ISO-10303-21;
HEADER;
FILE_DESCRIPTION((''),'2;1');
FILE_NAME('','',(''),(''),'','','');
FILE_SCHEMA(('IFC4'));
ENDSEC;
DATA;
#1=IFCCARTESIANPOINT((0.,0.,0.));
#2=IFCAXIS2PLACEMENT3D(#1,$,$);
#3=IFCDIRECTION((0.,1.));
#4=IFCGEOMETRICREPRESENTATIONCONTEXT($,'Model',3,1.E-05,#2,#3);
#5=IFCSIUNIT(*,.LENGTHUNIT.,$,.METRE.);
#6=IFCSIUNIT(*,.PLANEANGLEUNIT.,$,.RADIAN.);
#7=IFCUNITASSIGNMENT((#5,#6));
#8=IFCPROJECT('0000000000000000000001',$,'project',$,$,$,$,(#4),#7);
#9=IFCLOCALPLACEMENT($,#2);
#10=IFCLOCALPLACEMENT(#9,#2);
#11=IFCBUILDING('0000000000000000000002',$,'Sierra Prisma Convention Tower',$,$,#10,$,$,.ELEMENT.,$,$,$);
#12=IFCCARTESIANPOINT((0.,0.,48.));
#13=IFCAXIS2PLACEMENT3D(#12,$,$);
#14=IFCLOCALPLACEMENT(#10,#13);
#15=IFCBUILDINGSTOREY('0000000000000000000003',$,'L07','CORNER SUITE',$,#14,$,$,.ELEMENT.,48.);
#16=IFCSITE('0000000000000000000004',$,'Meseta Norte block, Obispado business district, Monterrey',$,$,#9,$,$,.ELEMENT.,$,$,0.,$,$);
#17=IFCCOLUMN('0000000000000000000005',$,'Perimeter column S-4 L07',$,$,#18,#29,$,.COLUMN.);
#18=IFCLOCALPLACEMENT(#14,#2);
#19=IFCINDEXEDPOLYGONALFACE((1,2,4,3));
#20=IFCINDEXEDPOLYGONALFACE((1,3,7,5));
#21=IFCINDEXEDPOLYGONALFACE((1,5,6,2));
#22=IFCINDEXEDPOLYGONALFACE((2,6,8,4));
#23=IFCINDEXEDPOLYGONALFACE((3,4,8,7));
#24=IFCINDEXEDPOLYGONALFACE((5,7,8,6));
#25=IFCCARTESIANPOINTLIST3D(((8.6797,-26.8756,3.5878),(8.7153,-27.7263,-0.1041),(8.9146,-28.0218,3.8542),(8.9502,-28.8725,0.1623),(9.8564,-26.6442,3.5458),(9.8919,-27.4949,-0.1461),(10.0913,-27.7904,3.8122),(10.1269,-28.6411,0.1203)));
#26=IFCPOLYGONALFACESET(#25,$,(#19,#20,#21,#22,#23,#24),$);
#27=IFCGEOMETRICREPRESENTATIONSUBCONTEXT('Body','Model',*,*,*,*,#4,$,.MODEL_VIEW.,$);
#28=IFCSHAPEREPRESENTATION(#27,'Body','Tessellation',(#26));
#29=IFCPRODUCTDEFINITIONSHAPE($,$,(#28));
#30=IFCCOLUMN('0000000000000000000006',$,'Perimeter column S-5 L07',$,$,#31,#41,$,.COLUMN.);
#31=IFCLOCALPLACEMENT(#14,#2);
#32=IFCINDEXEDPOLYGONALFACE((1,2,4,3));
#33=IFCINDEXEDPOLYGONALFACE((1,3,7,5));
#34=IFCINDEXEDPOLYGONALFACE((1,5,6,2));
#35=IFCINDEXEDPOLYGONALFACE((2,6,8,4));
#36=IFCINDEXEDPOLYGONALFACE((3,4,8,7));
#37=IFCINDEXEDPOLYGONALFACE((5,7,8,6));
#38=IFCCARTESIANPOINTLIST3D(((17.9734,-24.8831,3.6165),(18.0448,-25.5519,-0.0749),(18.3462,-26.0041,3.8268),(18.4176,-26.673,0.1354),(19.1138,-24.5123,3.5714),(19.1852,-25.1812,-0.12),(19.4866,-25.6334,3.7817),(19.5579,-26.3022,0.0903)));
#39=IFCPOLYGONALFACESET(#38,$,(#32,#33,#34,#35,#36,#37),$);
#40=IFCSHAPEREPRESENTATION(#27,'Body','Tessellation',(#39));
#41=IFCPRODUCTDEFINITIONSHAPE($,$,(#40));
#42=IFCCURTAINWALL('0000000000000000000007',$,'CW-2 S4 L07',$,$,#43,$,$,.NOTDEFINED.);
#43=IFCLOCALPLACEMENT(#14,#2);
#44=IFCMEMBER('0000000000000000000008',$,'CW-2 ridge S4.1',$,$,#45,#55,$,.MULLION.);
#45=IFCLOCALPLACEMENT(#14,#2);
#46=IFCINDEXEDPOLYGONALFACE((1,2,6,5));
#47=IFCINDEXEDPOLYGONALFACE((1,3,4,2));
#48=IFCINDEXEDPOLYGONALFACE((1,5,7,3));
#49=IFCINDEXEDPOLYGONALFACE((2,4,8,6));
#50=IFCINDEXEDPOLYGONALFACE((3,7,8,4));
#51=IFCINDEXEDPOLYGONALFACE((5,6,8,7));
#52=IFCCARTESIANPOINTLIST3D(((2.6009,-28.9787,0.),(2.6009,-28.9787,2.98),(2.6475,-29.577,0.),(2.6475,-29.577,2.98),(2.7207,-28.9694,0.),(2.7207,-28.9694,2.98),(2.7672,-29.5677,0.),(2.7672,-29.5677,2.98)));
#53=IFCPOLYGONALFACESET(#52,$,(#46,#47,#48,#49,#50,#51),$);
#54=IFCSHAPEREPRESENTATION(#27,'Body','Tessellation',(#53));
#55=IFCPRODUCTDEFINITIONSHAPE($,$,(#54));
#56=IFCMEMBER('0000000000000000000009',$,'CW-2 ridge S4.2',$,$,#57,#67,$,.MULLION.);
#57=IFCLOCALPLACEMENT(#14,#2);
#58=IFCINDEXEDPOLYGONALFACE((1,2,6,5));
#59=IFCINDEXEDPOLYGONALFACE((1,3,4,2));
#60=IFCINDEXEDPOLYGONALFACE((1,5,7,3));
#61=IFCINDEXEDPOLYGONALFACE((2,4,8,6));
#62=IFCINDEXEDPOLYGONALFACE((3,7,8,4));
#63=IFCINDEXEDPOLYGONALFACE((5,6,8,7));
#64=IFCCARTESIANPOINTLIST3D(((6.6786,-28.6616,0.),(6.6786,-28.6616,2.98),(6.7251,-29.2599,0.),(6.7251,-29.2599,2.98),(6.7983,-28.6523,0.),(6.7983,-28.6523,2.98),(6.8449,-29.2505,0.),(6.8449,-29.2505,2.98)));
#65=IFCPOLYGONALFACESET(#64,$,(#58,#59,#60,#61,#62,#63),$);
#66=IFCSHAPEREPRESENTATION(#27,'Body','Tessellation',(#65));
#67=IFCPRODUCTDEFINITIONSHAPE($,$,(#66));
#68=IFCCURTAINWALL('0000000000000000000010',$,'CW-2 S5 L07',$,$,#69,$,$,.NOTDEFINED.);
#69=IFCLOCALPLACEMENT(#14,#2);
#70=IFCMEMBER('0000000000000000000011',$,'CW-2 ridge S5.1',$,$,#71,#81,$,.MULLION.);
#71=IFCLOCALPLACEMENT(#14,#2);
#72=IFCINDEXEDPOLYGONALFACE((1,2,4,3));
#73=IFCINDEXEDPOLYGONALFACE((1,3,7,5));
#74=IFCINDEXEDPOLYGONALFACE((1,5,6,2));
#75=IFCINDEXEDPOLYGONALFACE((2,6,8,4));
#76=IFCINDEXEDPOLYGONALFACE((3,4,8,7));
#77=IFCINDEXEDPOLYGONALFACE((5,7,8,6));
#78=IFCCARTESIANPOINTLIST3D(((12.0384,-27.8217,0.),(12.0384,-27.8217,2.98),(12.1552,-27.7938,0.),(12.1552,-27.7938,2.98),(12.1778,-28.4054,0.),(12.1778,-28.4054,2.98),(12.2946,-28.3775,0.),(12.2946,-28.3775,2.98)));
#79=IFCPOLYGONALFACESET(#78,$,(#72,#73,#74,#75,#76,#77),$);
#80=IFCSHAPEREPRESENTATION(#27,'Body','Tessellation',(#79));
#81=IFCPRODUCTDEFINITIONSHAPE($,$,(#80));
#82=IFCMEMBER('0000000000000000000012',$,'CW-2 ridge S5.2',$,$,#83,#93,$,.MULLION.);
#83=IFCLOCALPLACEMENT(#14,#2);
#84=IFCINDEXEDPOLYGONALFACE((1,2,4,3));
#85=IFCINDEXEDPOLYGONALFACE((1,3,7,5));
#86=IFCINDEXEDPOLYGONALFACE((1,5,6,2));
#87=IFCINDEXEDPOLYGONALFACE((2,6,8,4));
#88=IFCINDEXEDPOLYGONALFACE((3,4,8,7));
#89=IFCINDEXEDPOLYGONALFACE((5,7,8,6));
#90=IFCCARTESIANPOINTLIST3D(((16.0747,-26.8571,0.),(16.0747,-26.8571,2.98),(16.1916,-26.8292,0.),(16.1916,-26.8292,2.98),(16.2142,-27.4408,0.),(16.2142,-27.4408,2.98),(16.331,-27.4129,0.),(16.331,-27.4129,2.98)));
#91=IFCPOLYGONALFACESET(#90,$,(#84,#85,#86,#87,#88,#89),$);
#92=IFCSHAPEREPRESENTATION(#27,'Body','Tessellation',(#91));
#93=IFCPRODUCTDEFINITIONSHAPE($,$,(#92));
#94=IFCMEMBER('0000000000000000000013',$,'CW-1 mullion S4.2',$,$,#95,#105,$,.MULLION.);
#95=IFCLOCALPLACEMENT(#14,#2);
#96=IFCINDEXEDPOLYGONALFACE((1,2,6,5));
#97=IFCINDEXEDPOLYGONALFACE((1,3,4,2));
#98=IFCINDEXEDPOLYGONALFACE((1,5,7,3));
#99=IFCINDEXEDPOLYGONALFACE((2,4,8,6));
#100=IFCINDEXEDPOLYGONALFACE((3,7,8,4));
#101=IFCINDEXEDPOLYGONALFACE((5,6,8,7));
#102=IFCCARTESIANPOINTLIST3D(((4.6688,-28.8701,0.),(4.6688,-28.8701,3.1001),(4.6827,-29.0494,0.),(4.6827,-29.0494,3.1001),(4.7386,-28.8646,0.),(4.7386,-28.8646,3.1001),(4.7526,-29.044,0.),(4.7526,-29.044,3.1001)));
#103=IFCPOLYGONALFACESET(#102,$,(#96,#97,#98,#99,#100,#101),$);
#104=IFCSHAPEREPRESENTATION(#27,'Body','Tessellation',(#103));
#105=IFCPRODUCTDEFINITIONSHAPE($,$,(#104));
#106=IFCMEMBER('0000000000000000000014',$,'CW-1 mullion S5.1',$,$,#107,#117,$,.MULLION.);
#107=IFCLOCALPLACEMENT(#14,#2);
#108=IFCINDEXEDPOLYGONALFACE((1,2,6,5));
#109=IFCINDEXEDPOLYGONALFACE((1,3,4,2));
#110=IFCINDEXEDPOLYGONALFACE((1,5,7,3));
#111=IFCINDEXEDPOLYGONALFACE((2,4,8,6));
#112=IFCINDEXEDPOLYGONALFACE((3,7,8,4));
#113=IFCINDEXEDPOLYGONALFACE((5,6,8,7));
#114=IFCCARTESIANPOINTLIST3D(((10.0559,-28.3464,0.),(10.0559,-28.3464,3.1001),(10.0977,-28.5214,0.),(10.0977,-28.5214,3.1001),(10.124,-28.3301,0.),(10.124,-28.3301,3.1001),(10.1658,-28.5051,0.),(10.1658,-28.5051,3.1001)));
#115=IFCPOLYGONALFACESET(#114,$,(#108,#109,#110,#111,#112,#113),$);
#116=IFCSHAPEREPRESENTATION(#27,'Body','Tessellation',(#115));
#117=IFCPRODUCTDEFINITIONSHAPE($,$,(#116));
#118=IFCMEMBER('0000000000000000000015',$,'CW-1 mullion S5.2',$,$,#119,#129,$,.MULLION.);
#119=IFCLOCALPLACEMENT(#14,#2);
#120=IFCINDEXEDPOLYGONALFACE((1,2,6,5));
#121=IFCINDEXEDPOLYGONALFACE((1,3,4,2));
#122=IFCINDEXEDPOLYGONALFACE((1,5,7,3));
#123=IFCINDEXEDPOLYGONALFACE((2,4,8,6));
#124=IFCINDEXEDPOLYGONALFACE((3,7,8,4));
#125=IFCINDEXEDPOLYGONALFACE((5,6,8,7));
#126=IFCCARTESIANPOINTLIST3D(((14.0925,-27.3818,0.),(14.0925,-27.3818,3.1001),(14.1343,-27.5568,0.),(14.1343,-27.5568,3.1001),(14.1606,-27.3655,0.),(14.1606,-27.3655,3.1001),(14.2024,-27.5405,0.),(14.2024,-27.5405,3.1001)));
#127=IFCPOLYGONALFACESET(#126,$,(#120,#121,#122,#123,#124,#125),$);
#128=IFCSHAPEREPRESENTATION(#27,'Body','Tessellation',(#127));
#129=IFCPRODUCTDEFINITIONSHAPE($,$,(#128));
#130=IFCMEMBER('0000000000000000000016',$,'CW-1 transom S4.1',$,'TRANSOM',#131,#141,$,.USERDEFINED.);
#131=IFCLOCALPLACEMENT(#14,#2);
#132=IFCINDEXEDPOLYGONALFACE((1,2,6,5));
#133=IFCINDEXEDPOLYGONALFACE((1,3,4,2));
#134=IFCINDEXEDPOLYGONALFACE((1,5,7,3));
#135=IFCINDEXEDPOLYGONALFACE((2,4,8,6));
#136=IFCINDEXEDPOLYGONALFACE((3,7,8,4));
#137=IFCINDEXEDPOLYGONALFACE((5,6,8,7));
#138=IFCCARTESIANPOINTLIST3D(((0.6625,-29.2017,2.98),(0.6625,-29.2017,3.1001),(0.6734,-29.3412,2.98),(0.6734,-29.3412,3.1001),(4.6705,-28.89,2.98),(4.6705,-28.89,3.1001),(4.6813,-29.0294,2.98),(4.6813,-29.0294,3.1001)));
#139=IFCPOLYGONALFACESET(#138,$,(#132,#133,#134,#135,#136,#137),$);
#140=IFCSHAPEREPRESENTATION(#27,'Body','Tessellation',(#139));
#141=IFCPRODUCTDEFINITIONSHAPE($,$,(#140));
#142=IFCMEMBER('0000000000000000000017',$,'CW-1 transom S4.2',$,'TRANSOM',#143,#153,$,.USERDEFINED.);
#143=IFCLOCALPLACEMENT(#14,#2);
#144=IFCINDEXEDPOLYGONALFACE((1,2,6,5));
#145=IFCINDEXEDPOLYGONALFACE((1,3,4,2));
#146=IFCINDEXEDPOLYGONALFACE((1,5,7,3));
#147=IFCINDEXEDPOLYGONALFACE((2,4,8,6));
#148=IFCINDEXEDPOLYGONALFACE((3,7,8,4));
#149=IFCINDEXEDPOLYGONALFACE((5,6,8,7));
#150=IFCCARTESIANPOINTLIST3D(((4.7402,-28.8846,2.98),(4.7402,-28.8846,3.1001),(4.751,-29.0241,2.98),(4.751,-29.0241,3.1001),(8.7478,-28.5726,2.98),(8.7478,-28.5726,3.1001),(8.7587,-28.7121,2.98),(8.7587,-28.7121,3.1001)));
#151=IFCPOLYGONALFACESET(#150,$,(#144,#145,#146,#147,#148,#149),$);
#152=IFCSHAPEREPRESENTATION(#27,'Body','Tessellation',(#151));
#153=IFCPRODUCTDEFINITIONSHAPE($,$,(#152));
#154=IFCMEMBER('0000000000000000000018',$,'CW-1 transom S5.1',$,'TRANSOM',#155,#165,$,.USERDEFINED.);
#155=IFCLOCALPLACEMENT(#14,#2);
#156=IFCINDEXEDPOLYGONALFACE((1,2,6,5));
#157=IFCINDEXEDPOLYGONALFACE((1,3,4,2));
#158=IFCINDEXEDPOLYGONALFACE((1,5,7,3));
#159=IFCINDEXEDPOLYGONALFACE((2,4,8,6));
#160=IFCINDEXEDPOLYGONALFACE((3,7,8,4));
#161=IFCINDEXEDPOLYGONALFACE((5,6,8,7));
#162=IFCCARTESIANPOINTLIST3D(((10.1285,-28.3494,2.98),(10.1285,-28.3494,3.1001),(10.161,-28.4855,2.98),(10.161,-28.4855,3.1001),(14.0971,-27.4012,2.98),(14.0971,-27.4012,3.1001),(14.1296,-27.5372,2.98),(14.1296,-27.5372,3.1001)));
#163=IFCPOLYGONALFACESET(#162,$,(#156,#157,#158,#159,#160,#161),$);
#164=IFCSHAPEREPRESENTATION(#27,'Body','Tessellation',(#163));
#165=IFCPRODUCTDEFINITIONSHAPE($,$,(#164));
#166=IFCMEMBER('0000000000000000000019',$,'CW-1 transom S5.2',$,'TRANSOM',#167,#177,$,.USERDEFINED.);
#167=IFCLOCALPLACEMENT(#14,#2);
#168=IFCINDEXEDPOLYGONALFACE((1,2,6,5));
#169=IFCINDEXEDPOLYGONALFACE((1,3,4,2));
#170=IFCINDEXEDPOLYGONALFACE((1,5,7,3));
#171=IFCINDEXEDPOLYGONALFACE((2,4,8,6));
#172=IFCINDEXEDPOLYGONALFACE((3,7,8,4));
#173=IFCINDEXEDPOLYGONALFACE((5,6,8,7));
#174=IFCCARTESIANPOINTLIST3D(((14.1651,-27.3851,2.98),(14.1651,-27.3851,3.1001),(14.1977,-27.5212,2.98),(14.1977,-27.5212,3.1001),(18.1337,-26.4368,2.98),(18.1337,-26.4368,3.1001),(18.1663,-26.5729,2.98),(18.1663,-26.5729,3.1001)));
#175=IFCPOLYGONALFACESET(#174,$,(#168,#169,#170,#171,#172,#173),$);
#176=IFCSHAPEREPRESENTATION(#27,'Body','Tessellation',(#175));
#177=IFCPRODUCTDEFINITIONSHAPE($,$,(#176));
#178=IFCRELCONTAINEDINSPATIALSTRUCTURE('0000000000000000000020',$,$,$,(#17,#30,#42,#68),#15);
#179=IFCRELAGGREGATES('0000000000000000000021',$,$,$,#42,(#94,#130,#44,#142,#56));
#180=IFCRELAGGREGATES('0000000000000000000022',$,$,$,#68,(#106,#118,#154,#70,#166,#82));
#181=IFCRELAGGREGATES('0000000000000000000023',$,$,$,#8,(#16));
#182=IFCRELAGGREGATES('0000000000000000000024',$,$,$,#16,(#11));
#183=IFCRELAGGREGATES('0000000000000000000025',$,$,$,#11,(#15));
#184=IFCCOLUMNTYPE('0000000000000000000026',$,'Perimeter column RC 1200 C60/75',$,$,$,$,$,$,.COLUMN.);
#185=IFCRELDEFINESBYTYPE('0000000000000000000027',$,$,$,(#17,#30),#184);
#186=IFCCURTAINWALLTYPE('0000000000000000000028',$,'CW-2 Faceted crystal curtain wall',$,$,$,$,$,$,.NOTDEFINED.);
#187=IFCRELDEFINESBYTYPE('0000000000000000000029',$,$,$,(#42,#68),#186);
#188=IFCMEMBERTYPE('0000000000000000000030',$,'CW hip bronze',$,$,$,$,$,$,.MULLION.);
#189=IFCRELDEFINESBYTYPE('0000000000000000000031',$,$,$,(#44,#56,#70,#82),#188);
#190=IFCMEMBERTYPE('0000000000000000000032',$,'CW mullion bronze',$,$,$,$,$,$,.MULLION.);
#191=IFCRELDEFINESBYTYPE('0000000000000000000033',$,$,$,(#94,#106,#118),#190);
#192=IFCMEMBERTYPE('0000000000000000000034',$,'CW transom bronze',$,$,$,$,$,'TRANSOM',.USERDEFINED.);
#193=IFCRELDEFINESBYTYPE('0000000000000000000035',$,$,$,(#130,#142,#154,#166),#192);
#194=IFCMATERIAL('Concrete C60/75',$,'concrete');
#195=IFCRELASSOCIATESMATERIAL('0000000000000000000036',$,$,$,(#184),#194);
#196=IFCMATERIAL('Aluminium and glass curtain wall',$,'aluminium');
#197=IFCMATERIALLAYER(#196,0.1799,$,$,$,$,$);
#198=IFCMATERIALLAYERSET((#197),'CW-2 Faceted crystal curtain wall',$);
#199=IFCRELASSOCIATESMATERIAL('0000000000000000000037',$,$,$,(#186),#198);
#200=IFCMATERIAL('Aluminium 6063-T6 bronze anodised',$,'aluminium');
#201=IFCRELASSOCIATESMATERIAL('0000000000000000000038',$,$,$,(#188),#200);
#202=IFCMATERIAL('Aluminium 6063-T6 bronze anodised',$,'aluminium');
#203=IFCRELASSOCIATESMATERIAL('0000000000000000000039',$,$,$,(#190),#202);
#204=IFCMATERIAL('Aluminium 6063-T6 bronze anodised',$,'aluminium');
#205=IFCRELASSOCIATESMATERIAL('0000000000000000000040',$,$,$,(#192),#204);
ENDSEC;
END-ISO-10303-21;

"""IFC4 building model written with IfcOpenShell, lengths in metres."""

from ifc_helpers import new_model, si_unit, direction, frame, origin, origin_2d, place, context, subcontext, project, spatial, rectangle, extrude, clip, halfspace, material, layer, layer_set, material_profile, profile_set, type_object, element, aggregate, save


model = new_model("IFC4")

# Units and contexts
model_context = context("Model", 3, precision=1e-05, world=origin(), true_north=direction((0.0, 1.0)))
body_context = subcontext(model_context, "Body", "Model", "MODEL_VIEW")
ifc_project = project(units=[si_unit("LENGTHUNIT", "METRE"), si_unit("PLANEANGLEUNIT", "RADIAN")], contexts=[model_context])

# Site, building, storey
site_placement = place(None, origin())
site = spatial("IfcSite", under=ifc_project, at=site_placement, Name="Meseta Norte block, Obispado business district, Monterrey", CompositionType="ELEMENT", RefElevation=0.0)
building_placement = place(site_placement, origin())
building = spatial("IfcBuilding", under=site, at=building_placement, Name="Sierra Prisma Convention Tower", CompositionType="ELEMENT")
storey_placement = place(building_placement, frame((0.0, 0.0, 48.0)))
storey = spatial("IfcBuildingStorey", under=building, at=storey_placement, Name="L07", Description="CORNER SUITE", CompositionType="ELEMENT", Elevation=48.0)

# Columns
ifc_material_1 = material(Name="Concrete C60/75", Category="concrete")
ifc_material_profile_1 = material_profile(ifc_material_1, rectangle(XDim=1.2, YDim=1.2, at=origin_2d()), Name="Perimeter column RC 1200 C60/75")
ifc_profile_set_1 = profile_set([ifc_material_profile_1], Name="Concrete C60/75")
column_type = type_object("IfcColumnType", Name="Perimeter column RC 1200 C60/75", PredefinedType="COLUMN", material=ifc_profile_set_1)
column_1_placement = place(storey_placement, frame((9.4211, -28.1855, 0.0), z_axis=(-0.009387, 0.224526, 0.974423), x_axis=(-0.980606, -0.192843, 0.034988)))
element("IfcColumn", 1, at=column_1_placement, inside=storey, type_object=column_type, Name="Perimeter column S-4 L07", PredefinedType="COLUMN", context=body_context, shape_type="SweptSolid", body=[
    clip(extrude(rectangle(XDim=1.2, YDim=1.2, at=origin_2d()), origin(), (0.0, 0.0, 1.0), 3.7971), halfspace(frame((0.0, 0.0, 0.0083)), True)),
])
column_2_placement = place(storey_placement, frame((18.8015, -25.9285, 0.0), z_axis=(-0.01902, 0.178259, 0.9838), x_axis=(0.950332, 0.308956, -0.037608)))
element("IfcColumn", 2, at=column_2_placement, inside=storey, type_object=column_type, Name="Perimeter column S-5 L07", PredefinedType="COLUMN", context=body_context, shape_type="SweptSolid", body=[
    clip(clip(extrude(rectangle(XDim=1.2, YDim=1.2, at=origin_2d()), origin(), (0.0, 0.0, 1.0), 3.761), halfspace(frame((0.0, 0.0, 0.0078)), True)), halfspace(frame((0.0, 0.0, 3.76)), False)),
])

# Curtain walls, members
ifc_material_2 = material(Name="Aluminium and glass curtain wall", Category="aluminium")
ifc_layer_1 = layer(ifc_material_2, 0.1799)
ifc_layer_set_1 = layer_set([ifc_layer_1], Name="CW-2 Faceted crystal curtain wall")
curtain_wall_type = type_object("IfcCurtainWallType", Name="CW-2 Faceted crystal curtain wall", PredefinedType="NOTDEFINED", material=ifc_layer_set_1)
curtain_wall_1_placement = place(storey_placement, origin())
curtain_wall_1 = element("IfcCurtainWall", 3, at=curtain_wall_1_placement, inside=storey, type_object=curtain_wall_type, Name="CW-2 S4 L07", PredefinedType="NOTDEFINED")
ifc_material_3 = material(Name="Aluminium 6063-T6 bronze anodised", Category="aluminium")
ifc_material_profile_2 = material_profile(ifc_material_3, rectangle(XDim=0.1201, YDim=0.6001, at=origin_2d()), Name="ALU RIDGE BLADE 120x600")
ifc_profile_set_2 = profile_set([ifc_material_profile_2], Name="Aluminium 6063-T6 bronze anodised")
member_type_1 = type_object("IfcMemberType", Name="CW hip bronze", PredefinedType="MULLION", material=ifc_profile_set_2)
member_1_placement = place(storey_placement, frame((2.6841, -29.2732, 0.0), z_axis=(0.0, 0.0, 1.0), x_axis=(0.996987, 0.077569, 0.0)))
member_1 = element("IfcMember", 4, at=member_1_placement, type_object=member_type_1, Name="CW-2 ridge S4.1", PredefinedType="MULLION", context=body_context, shape_type="SweptSolid", body=[
    extrude(rectangle(XDim=0.1201, YDim=0.6001, at=origin_2d()), origin(), (0.0, 0.0, 1.0), 2.98),
])
member_2_placement = place(storey_placement, frame((6.7617, -28.9561, 0.0), z_axis=(0.0, 0.0, 1.0), x_axis=(0.996987, 0.077569, 0.0)))
member_2 = element("IfcMember", 5, at=member_2_placement, type_object=member_type_1, Name="CW-2 ridge S4.2", PredefinedType="MULLION", context=body_context, shape_type="SweptSolid", body=[
    extrude(rectangle(XDim=0.1201, YDim=0.6001, at=origin_2d()), origin(), (0.0, 0.0, 1.0), 2.98),
])
curtain_wall_2_placement = place(storey_placement, origin())
curtain_wall_2 = element("IfcCurtainWall", 6, at=curtain_wall_2_placement, inside=storey, type_object=curtain_wall_type, Name="CW-2 S5 L07", PredefinedType="NOTDEFINED")
member_3_placement = place(storey_placement, frame((12.1665, -28.0996, 0.0), z_axis=(0.0, 0.0, 1.0), x_axis=(0.97262, 0.232401, 0.0)))
member_3 = element("IfcMember", 7, at=member_3_placement, type_object=member_type_1, Name="CW-2 ridge S5.1", PredefinedType="MULLION", context=body_context, shape_type="SweptSolid", body=[
    extrude(rectangle(XDim=0.1201, YDim=0.6001, at=origin_2d()), origin(), (0.0, 0.0, 1.0), 2.98),
])
member_4_placement = place(storey_placement, frame((16.2029, -27.135, 0.0), z_axis=(0.0, 0.0, 1.0), x_axis=(0.97262, 0.232401, 0.0)))
member_4 = element("IfcMember", 8, at=member_4_placement, type_object=member_type_1, Name="CW-2 ridge S5.2", PredefinedType="MULLION", context=body_context, shape_type="SweptSolid", body=[
    extrude(rectangle(XDim=0.1201, YDim=0.6001, at=origin_2d()), origin(), (0.0, 0.0, 1.0), 2.98),
])

# Members
ifc_material_4 = material(Name="Aluminium 6063-T6 bronze anodised", Category="aluminium")
ifc_material_profile_3 = material_profile(ifc_material_4, rectangle(XDim=0.1799, YDim=0.0701, at=origin_2d()), Name="ALU MULLION 70x180")
ifc_profile_set_3 = profile_set([ifc_material_profile_3], Name="Aluminium 6063-T6 bronze anodised")
member_type_2 = type_object("IfcMemberType", Name="CW mullion bronze", PredefinedType="MULLION", material=ifc_profile_set_3)
member_5_placement = place(storey_placement, frame((4.7107, -28.957, 0.0), z_axis=(0.0, 0.0, 1.0), x_axis=(-0.077569, 0.996987, 0.0)))
member_5 = element("IfcMember", 9, at=member_5_placement, type_object=member_type_2, Name="CW-1 mullion S4.2", PredefinedType="MULLION", context=body_context, shape_type="SweptSolid", body=[
    extrude(rectangle(XDim=0.1799, YDim=0.0701, at=origin_2d()), origin(), (0.0, 0.0, 1.0), 3.1001),
])
member_6_placement = place(storey_placement, frame((10.1108, -28.4258, 0.0), z_axis=(0.0, 0.0, 1.0), x_axis=(-0.232401, 0.97262, 0.0)))
member_6 = element("IfcMember", 10, at=member_6_placement, type_object=member_type_2, Name="CW-1 mullion S5.1", PredefinedType="MULLION", context=body_context, shape_type="SweptSolid", body=[
    extrude(rectangle(XDim=0.1799, YDim=0.0701, at=origin_2d()), origin(), (0.0, 0.0, 1.0), 3.1001),
])
member_7_placement = place(storey_placement, frame((14.1475, -27.4612, 0.0), z_axis=(0.0, 0.0, 1.0), x_axis=(-0.232401, 0.97262, 0.0)))
member_7 = element("IfcMember", 11, at=member_7_placement, type_object=member_type_2, Name="CW-1 mullion S5.2", PredefinedType="MULLION", context=body_context, shape_type="SweptSolid", body=[
    extrude(rectangle(XDim=0.1799, YDim=0.0701, at=origin_2d()), origin(), (0.0, 0.0, 1.0), 3.1001),
])
ifc_material_5 = material(Name="Aluminium 6063-T6 bronze anodised", Category="aluminium")
ifc_material_profile_4 = material_profile(ifc_material_5, rectangle(XDim=0.1399, YDim=0.1201, at=origin_2d()), Name="ALU TRANSOM 120x140")
ifc_profile_set_4 = profile_set([ifc_material_profile_4], Name="Aluminium 6063-T6 bronze anodised")
member_type_3 = type_object("IfcMemberType", Name="CW transom bronze", ElementType="TRANSOM", PredefinedType="USERDEFINED", material=ifc_profile_set_4)
member_8_placement = place(storey_placement, frame((0.668, -29.2715, 3.04), z_axis=(0.996988, 0.077556, 0.0), x_axis=(-0.077556, 0.996988, 0.0)))
member_8 = element("IfcMember", 12, at=member_8_placement, type_object=member_type_3, Name="CW-1 transom S4.1", ObjectType="TRANSOM", PredefinedType="USERDEFINED", context=body_context, shape_type="SweptSolid", body=[
    extrude(rectangle(XDim=0.1399, YDim=0.1201, at=origin_2d()), origin(), (0.0, 0.0, 1.0), 4.02),
])
member_9_placement = place(storey_placement, frame((4.7456, -28.9543, 3.04), z_axis=(0.996983, 0.077621, 0.0), x_axis=(-0.077621, 0.996983, 0.0)))
member_9 = element("IfcMember", 13, at=member_9_placement, type_object=member_type_3, Name="CW-1 transom S4.2", ObjectType="TRANSOM", PredefinedType="USERDEFINED", context=body_context, shape_type="SweptSolid", body=[
    extrude(rectangle(XDim=0.1399, YDim=0.1201, at=origin_2d()), origin(), (0.0, 0.0, 1.0), 4.0198),
])
member_10_placement = place(storey_placement, frame((10.1448, -28.4175, 3.04), z_axis=(0.97262, 0.2324, 0.0), x_axis=(-0.2324, 0.97262, 0.0)))
member_10 = element("IfcMember", 14, at=member_10_placement, type_object=member_type_3, Name="CW-1 transom S5.1", ObjectType="TRANSOM", PredefinedType="USERDEFINED", context=body_context, shape_type="SweptSolid", body=[
    extrude(rectangle(XDim=0.1399, YDim=0.1201, at=origin_2d()), origin(), (0.0, 0.0, 1.0), 4.0803),
])
member_11_placement = place(storey_placement, frame((14.1814, -27.4531, 3.04), z_axis=(0.97262, 0.2324, 0.0), x_axis=(-0.2324, 0.97262, 0.0)))
member_11 = element("IfcMember", 15, at=member_11_placement, type_object=member_type_3, Name="CW-1 transom S5.2", ObjectType="TRANSOM", PredefinedType="USERDEFINED", context=body_context, shape_type="SweptSolid", body=[
    extrude(rectangle(XDim=0.1399, YDim=0.1201, at=origin_2d()), origin(), (0.0, 0.0, 1.0), 4.0803),
])

aggregate(curtain_wall_1, [member_5, member_8, member_1, member_9, member_2])
aggregate(curtain_wall_2, [member_6, member_7, member_10, member_3, member_11, member_4])

save(model, "model.ifc")
